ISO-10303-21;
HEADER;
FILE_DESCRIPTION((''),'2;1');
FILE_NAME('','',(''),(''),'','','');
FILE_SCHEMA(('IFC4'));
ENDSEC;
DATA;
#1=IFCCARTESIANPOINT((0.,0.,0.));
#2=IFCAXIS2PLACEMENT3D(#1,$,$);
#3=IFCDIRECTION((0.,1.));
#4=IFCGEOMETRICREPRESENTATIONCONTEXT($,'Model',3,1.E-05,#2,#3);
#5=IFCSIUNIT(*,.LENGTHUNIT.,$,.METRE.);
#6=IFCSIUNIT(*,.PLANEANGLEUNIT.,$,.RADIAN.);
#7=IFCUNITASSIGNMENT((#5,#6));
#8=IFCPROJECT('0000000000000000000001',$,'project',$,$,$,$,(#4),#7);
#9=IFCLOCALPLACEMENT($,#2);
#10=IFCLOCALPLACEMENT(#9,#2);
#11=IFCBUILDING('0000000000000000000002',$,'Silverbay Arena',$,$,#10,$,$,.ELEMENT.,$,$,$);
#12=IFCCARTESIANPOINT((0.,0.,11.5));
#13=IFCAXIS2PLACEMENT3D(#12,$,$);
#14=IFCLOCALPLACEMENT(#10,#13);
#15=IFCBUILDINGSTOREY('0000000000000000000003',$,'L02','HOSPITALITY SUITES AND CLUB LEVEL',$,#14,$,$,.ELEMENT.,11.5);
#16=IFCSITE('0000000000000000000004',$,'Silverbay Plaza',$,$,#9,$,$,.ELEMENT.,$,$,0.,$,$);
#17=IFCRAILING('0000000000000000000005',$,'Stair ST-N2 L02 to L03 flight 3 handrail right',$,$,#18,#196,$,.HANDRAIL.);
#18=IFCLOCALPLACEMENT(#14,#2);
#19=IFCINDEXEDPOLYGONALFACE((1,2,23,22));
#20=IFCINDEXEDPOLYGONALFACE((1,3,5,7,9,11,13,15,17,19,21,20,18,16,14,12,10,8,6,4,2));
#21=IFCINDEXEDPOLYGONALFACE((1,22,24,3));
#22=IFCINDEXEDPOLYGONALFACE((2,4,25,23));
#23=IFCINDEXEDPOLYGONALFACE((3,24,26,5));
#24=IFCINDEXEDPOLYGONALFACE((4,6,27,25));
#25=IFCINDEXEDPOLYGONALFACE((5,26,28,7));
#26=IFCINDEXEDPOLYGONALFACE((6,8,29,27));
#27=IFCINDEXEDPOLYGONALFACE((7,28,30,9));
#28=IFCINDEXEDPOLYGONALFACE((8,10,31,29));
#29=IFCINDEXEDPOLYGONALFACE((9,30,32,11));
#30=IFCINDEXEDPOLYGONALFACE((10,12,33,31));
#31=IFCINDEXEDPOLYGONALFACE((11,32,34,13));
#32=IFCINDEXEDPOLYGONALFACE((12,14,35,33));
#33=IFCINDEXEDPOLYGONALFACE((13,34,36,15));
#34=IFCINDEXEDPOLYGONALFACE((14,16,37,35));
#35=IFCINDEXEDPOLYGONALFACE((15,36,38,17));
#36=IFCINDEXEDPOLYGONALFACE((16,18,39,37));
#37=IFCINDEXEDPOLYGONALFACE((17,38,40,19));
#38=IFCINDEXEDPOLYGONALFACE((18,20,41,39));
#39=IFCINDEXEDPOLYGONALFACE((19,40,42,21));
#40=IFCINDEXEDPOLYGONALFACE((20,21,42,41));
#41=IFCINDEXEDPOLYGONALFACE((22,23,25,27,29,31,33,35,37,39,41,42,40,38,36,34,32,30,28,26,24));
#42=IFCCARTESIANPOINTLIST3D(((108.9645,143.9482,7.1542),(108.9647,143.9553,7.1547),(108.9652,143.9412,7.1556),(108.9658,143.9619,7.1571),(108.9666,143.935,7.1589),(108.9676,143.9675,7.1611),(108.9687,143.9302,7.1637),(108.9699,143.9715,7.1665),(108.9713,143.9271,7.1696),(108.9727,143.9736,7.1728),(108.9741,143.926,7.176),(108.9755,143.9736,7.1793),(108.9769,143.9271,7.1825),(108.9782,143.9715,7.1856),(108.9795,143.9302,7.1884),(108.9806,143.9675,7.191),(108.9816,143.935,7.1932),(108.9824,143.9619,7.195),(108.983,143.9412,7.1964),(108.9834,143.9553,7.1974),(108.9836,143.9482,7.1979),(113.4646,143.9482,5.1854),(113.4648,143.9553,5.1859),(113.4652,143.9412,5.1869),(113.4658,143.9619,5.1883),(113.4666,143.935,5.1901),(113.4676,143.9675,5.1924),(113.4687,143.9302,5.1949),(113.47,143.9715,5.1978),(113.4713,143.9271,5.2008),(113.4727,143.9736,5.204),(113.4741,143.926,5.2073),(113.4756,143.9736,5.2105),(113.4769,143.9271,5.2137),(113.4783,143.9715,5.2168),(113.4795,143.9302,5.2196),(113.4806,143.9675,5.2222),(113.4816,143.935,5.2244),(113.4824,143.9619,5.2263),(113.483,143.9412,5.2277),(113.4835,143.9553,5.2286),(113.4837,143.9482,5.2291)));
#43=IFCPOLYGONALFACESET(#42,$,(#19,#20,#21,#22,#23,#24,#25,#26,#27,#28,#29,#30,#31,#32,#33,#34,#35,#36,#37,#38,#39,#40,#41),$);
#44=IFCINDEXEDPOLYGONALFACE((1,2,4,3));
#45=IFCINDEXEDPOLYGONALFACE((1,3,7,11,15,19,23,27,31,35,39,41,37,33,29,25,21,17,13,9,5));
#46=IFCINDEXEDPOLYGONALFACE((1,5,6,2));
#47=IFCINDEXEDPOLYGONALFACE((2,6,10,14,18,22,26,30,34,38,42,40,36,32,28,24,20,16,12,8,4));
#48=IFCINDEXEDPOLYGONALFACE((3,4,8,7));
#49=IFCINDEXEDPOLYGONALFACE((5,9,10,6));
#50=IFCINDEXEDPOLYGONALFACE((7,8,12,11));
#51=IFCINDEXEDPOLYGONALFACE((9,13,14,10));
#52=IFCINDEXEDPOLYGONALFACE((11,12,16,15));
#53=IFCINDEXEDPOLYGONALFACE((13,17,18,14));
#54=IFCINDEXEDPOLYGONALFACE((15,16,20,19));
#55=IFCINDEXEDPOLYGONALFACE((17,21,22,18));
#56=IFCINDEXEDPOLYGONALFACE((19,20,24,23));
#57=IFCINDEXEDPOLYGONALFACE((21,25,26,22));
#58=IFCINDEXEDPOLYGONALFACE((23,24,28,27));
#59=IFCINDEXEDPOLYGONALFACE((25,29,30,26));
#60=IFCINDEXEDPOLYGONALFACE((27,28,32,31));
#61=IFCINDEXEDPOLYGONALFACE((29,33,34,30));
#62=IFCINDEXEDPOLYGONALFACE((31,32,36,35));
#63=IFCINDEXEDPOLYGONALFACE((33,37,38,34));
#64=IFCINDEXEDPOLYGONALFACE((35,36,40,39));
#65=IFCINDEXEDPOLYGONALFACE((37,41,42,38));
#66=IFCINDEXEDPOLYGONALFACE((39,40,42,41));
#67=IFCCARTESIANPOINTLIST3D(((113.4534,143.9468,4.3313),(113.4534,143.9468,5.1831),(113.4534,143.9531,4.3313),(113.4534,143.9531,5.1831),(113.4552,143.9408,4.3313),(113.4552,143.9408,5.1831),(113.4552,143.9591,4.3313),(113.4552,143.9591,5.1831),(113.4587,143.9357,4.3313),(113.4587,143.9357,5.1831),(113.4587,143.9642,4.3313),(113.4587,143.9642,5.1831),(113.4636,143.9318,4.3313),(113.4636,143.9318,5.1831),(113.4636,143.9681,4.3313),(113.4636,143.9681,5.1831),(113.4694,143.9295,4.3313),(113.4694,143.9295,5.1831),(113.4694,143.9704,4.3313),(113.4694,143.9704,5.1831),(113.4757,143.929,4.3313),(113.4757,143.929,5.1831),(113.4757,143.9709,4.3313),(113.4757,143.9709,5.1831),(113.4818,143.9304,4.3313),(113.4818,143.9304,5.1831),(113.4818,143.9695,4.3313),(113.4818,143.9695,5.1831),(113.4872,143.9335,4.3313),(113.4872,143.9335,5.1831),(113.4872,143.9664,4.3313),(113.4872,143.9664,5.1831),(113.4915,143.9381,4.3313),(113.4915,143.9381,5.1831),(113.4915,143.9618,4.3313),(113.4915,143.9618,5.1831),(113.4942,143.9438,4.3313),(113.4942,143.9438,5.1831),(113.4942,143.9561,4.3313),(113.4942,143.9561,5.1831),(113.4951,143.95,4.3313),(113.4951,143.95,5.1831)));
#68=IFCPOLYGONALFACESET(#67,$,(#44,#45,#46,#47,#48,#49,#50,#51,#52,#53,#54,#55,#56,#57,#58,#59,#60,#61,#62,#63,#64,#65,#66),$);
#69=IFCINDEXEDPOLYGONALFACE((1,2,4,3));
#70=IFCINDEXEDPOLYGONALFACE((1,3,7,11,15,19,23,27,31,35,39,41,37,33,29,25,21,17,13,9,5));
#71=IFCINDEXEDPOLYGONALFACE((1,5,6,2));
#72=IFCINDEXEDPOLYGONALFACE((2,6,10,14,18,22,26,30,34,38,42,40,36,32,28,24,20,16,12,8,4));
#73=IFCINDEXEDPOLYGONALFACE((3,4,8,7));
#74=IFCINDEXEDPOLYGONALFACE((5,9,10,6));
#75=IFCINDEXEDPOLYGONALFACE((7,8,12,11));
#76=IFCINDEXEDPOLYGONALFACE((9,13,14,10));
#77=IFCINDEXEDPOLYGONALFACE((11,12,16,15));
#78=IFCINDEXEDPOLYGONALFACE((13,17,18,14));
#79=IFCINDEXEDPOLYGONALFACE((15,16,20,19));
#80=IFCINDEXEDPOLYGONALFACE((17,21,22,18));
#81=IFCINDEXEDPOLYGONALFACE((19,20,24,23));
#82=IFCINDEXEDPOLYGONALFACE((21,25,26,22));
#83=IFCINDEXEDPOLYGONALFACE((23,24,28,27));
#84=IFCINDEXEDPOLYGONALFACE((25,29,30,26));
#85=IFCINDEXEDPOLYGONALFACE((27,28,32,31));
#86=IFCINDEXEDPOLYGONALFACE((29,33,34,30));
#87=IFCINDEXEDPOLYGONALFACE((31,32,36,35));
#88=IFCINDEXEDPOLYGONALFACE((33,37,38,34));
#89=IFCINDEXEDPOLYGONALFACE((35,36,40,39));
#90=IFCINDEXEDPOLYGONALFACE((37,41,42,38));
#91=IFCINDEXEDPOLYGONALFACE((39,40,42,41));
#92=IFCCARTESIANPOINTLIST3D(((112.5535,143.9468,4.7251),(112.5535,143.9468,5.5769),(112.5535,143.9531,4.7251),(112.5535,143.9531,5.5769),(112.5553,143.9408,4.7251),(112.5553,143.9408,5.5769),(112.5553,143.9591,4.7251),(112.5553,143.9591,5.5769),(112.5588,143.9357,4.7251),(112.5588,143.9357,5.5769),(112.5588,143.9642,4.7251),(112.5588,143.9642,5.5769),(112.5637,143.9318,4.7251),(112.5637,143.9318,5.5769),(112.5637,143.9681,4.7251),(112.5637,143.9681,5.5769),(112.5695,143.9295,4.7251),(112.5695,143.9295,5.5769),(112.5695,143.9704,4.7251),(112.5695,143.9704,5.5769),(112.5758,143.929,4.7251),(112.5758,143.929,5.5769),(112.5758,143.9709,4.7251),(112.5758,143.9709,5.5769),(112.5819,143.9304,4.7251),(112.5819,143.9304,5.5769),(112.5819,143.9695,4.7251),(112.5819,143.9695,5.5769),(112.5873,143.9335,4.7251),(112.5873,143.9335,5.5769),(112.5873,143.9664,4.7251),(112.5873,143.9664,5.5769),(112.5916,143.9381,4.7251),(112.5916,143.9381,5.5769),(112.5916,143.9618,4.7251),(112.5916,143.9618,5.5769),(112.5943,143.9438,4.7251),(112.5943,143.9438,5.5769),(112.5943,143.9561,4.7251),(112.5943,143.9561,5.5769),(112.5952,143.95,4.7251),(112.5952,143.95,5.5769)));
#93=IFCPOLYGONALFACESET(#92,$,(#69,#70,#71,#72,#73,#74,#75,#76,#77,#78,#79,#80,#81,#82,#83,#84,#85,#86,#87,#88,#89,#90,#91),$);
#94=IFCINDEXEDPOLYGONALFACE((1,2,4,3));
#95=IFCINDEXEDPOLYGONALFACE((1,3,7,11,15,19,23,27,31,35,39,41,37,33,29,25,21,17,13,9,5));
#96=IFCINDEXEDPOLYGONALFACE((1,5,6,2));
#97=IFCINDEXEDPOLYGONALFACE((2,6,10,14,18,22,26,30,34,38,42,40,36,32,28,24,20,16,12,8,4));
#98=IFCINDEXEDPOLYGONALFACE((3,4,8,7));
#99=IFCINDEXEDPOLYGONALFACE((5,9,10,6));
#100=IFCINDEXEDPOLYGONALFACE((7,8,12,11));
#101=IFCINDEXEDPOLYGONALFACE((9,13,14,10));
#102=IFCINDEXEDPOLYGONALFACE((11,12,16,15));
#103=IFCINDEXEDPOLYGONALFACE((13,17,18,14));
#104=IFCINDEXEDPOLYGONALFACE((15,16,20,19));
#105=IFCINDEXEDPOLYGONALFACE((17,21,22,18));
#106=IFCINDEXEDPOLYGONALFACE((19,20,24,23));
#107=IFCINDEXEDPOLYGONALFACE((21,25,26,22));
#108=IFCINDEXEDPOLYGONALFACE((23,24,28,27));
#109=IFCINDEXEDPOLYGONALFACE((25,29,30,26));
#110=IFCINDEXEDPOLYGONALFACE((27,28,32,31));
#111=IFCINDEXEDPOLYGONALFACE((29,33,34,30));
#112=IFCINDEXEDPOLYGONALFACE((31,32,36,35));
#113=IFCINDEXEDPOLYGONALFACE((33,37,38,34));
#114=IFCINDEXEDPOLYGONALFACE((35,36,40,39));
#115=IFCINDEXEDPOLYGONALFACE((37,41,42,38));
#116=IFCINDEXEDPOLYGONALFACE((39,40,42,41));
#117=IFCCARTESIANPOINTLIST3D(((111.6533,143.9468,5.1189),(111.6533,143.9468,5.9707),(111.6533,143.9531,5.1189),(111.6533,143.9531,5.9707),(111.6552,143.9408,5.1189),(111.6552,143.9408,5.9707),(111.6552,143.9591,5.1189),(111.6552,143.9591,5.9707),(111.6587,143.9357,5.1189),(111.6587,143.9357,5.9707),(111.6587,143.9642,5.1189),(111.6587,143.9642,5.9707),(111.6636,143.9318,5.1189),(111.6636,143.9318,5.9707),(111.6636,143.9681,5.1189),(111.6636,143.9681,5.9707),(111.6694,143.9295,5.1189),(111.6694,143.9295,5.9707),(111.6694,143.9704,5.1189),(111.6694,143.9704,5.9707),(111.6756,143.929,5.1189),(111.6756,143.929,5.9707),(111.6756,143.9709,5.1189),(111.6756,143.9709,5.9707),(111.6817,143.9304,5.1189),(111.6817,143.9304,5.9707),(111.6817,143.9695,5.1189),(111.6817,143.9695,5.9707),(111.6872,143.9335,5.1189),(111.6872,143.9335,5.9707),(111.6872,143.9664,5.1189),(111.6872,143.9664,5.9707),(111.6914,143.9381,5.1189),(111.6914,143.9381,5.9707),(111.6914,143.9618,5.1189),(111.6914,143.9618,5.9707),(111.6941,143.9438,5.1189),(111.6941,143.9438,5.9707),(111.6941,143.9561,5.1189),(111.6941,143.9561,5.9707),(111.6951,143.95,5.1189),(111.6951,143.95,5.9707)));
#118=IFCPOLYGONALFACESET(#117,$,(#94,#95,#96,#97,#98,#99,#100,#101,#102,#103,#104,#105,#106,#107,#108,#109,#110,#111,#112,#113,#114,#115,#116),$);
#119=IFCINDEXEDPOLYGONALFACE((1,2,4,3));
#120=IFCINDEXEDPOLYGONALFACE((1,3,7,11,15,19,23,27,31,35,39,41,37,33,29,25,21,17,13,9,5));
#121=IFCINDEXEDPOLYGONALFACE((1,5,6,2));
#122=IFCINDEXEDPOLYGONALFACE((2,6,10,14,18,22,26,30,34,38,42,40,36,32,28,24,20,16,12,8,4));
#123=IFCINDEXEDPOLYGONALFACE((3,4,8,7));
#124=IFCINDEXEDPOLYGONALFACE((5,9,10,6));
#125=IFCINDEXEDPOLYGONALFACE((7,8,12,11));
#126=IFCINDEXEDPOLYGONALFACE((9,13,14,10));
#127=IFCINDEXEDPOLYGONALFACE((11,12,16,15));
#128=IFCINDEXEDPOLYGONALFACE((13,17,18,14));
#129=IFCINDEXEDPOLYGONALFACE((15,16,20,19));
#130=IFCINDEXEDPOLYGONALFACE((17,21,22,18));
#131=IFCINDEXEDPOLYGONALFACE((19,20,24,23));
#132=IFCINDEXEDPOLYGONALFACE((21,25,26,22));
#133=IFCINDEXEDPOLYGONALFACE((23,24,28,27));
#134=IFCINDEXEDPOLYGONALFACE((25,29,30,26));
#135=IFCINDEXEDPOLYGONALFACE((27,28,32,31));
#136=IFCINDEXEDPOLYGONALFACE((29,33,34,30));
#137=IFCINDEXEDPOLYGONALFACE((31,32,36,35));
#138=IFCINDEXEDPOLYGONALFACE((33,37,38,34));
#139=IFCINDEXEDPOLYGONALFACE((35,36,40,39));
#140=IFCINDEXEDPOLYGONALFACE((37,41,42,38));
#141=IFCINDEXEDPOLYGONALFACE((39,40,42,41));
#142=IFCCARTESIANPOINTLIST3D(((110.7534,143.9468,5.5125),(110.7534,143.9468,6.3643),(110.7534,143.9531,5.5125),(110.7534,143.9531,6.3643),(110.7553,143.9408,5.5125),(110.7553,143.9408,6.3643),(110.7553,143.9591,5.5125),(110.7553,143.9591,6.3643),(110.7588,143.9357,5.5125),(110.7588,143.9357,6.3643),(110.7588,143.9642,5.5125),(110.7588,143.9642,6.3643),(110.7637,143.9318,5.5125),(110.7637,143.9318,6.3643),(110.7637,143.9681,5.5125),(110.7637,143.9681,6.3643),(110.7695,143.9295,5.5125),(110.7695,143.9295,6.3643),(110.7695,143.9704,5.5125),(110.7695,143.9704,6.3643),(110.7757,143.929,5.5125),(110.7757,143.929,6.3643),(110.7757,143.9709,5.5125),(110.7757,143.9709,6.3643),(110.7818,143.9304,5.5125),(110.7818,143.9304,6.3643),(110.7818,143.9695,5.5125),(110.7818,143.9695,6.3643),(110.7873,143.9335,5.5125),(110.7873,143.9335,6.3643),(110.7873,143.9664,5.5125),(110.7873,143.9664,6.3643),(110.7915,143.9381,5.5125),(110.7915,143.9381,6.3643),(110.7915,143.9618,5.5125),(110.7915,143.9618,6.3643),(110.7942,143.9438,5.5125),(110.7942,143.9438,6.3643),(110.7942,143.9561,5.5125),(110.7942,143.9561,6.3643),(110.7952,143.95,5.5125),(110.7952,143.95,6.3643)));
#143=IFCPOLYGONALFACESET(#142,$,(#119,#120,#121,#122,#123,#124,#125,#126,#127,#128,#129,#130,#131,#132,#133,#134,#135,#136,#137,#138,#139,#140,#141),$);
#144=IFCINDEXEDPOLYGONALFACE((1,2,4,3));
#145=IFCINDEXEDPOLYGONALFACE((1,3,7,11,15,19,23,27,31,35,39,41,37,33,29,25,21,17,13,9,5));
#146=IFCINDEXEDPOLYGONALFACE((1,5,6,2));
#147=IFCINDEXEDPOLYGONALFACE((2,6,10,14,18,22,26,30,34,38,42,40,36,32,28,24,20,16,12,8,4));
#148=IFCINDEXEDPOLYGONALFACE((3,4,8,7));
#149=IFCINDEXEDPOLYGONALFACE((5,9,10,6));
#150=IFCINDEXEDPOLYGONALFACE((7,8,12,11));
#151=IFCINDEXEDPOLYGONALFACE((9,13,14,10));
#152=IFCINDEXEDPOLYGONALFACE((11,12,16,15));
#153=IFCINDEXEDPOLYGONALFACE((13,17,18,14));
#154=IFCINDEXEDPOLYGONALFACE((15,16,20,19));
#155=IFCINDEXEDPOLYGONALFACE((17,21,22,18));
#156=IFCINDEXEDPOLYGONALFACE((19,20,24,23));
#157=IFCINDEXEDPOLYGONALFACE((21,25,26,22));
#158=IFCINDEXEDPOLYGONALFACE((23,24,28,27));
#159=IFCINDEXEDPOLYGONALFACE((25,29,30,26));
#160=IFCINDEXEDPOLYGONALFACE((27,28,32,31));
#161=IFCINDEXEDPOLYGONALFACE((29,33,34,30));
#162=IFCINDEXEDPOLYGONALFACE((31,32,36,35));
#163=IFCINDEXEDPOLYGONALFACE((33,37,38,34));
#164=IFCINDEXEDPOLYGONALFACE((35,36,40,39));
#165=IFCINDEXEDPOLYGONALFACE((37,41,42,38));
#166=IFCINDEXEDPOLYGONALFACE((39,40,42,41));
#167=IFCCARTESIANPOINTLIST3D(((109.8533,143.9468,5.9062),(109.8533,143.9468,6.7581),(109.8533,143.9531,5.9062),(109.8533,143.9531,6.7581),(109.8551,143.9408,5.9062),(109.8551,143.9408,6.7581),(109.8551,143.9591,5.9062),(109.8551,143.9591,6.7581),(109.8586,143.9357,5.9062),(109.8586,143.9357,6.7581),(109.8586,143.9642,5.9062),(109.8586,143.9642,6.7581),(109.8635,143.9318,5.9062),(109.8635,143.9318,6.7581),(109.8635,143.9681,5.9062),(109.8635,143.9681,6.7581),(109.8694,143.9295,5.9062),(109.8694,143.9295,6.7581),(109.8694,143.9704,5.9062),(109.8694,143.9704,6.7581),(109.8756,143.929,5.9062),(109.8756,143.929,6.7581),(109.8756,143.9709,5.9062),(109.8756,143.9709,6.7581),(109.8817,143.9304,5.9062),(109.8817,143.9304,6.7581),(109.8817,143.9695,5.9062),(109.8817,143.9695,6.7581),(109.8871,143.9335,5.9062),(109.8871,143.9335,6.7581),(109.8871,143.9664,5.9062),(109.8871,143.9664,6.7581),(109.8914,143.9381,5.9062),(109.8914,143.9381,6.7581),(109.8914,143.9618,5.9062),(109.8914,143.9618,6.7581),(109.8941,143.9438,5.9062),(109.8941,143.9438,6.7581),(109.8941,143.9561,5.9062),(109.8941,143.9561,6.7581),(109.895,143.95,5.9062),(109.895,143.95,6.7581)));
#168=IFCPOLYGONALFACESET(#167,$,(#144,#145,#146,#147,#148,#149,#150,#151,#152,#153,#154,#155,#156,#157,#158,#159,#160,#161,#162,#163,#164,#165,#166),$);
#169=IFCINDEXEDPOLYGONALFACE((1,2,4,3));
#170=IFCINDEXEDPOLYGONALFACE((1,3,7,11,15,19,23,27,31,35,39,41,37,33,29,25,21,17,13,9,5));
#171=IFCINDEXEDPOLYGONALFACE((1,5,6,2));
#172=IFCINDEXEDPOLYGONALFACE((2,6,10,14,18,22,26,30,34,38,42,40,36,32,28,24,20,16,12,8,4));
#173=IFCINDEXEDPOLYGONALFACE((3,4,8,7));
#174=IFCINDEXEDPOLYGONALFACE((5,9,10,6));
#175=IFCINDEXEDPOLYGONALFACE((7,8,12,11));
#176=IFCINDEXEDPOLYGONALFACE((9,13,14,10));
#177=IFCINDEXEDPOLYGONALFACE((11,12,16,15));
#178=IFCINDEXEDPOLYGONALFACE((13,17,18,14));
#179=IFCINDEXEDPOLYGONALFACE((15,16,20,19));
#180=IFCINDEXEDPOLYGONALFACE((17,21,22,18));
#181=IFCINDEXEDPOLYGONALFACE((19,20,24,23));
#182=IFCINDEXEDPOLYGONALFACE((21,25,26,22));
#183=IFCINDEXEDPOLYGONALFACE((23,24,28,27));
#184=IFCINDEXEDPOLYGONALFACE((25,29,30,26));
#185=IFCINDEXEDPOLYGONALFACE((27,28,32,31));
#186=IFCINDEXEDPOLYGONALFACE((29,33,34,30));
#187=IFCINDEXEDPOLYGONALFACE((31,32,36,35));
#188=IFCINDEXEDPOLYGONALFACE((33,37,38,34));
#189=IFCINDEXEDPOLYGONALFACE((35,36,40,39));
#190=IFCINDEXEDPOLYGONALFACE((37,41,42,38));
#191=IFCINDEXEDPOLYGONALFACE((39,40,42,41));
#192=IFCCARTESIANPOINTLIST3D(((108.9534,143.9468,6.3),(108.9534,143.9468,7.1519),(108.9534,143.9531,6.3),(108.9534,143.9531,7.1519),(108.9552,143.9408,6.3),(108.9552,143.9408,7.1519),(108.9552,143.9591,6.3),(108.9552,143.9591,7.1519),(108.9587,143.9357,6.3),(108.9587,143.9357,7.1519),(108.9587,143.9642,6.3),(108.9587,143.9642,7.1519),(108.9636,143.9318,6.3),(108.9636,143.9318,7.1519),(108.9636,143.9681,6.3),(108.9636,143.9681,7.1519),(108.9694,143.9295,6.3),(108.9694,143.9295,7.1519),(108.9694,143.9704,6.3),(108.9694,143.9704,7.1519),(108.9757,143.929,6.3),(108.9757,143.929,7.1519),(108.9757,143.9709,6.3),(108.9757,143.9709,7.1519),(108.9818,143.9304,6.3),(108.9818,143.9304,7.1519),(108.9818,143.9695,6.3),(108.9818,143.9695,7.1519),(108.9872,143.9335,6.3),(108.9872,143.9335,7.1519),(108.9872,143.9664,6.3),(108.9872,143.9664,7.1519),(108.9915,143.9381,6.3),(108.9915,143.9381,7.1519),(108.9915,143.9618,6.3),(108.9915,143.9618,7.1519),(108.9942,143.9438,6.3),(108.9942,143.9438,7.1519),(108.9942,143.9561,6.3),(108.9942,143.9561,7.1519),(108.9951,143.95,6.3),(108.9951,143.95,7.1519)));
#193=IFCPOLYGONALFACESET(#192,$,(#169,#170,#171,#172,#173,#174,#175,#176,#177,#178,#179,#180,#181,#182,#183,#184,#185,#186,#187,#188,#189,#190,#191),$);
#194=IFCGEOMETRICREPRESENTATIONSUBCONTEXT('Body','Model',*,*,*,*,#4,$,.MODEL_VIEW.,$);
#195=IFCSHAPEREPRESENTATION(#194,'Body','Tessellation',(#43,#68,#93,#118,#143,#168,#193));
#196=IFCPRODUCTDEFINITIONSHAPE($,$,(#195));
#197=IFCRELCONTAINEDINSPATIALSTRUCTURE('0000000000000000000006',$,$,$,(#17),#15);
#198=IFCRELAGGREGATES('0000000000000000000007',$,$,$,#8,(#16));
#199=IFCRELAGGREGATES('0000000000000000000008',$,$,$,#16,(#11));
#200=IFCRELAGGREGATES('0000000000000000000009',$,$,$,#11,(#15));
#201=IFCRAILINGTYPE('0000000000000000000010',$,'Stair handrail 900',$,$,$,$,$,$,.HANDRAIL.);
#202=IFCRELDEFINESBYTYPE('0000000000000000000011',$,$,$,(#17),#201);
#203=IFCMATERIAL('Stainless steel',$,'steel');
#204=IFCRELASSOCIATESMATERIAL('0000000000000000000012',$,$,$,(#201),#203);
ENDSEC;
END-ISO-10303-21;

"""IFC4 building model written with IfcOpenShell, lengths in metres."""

from ifc_helpers import new_model, si_unit, direction, frame, origin, origin_2d, place, context, subcontext, project, spatial, circle, extrude, material, type_object, element, save


model = new_model("IFC4")

# Units and contexts
model_context = context("Model", 3, precision=1e-05, world=origin(), true_north=direction((0.0, 1.0)))
body_context = subcontext(model_context, "Body", "Model", "MODEL_VIEW")
ifc_project = project(units=[si_unit("LENGTHUNIT", "METRE"), si_unit("PLANEANGLEUNIT", "RADIAN")], contexts=[model_context])

# Site, building, storey
site_placement = place(None, origin())
site = spatial("IfcSite", under=ifc_project, at=site_placement, Name="Silverbay Plaza", CompositionType="ELEMENT", RefElevation=0.0)
building_placement = place(site_placement, origin())
building = spatial("IfcBuilding", under=site, at=building_placement, Name="Silverbay Arena", CompositionType="ELEMENT")
storey_placement = place(building_placement, frame((0.0, 0.0, 11.5)))
storey = spatial("IfcBuildingStorey", under=building, at=storey_placement, Name="L02", Description="HOSPITALITY SUITES AND CLUB LEVEL", CompositionType="ELEMENT", Elevation=11.5)

# Railing
ifc_material_1 = material(Name="Stainless steel", Category="steel")
railing_type_1 = type_object("IfcRailingType", Name="Stair handrail 900", PredefinedType="HANDRAIL", material=ifc_material_1)
for number, where, name in (
    (1, (113.4741, 143.95, 4.3313), "Stair ST-N2 L02 to L03 flight 3 handrail right"),
):
    element("IfcRailing", number, at=place(storey_placement, frame(where)), inside=storey, type_object=railing_type_1, Name=name, PredefinedType="HANDRAIL", context=body_context, shape_type="SweptSolid", body=[
        extrude(circle(Radius=0.0239, at=origin_2d()), frame((0.0, 0.0, 0.876), z_axis=(-0.916157, 0.0, 0.400819), x_axis=(0.0, -1.0, 0.0)), (0.0, 0.0, 1.0), 4.9119),
        extrude(circle(Radius=0.021, at=origin_2d()), origin(), (0.0, 0.0, 1.0), 0.8518),
        extrude(circle(Radius=0.021, at=origin_2d()), frame((-0.8999, 0.0, 0.3938)), (0.0, 0.0, 1.0), 0.8518),
        extrude(circle(Radius=0.021, at=origin_2d()), frame((-1.8, 0.0, 0.7876)), (0.0, 0.0, 1.0), 0.8518),
        extrude(circle(Radius=0.021, at=origin_2d()), frame((-2.7, 0.0, 1.1812)), (0.0, 0.0, 1.0), 0.8518),
        extrude(circle(Radius=0.021, at=origin_2d()), frame((-3.6001, 0.0, 1.575)), (0.0, 0.0, 1.0), 0.8518),
        extrude(circle(Radius=0.021, at=origin_2d()), frame((-4.5, 0.0, 1.9688)), (0.0, 0.0, 1.0), 0.8518),
    ])

save(model, "model.ifc")
